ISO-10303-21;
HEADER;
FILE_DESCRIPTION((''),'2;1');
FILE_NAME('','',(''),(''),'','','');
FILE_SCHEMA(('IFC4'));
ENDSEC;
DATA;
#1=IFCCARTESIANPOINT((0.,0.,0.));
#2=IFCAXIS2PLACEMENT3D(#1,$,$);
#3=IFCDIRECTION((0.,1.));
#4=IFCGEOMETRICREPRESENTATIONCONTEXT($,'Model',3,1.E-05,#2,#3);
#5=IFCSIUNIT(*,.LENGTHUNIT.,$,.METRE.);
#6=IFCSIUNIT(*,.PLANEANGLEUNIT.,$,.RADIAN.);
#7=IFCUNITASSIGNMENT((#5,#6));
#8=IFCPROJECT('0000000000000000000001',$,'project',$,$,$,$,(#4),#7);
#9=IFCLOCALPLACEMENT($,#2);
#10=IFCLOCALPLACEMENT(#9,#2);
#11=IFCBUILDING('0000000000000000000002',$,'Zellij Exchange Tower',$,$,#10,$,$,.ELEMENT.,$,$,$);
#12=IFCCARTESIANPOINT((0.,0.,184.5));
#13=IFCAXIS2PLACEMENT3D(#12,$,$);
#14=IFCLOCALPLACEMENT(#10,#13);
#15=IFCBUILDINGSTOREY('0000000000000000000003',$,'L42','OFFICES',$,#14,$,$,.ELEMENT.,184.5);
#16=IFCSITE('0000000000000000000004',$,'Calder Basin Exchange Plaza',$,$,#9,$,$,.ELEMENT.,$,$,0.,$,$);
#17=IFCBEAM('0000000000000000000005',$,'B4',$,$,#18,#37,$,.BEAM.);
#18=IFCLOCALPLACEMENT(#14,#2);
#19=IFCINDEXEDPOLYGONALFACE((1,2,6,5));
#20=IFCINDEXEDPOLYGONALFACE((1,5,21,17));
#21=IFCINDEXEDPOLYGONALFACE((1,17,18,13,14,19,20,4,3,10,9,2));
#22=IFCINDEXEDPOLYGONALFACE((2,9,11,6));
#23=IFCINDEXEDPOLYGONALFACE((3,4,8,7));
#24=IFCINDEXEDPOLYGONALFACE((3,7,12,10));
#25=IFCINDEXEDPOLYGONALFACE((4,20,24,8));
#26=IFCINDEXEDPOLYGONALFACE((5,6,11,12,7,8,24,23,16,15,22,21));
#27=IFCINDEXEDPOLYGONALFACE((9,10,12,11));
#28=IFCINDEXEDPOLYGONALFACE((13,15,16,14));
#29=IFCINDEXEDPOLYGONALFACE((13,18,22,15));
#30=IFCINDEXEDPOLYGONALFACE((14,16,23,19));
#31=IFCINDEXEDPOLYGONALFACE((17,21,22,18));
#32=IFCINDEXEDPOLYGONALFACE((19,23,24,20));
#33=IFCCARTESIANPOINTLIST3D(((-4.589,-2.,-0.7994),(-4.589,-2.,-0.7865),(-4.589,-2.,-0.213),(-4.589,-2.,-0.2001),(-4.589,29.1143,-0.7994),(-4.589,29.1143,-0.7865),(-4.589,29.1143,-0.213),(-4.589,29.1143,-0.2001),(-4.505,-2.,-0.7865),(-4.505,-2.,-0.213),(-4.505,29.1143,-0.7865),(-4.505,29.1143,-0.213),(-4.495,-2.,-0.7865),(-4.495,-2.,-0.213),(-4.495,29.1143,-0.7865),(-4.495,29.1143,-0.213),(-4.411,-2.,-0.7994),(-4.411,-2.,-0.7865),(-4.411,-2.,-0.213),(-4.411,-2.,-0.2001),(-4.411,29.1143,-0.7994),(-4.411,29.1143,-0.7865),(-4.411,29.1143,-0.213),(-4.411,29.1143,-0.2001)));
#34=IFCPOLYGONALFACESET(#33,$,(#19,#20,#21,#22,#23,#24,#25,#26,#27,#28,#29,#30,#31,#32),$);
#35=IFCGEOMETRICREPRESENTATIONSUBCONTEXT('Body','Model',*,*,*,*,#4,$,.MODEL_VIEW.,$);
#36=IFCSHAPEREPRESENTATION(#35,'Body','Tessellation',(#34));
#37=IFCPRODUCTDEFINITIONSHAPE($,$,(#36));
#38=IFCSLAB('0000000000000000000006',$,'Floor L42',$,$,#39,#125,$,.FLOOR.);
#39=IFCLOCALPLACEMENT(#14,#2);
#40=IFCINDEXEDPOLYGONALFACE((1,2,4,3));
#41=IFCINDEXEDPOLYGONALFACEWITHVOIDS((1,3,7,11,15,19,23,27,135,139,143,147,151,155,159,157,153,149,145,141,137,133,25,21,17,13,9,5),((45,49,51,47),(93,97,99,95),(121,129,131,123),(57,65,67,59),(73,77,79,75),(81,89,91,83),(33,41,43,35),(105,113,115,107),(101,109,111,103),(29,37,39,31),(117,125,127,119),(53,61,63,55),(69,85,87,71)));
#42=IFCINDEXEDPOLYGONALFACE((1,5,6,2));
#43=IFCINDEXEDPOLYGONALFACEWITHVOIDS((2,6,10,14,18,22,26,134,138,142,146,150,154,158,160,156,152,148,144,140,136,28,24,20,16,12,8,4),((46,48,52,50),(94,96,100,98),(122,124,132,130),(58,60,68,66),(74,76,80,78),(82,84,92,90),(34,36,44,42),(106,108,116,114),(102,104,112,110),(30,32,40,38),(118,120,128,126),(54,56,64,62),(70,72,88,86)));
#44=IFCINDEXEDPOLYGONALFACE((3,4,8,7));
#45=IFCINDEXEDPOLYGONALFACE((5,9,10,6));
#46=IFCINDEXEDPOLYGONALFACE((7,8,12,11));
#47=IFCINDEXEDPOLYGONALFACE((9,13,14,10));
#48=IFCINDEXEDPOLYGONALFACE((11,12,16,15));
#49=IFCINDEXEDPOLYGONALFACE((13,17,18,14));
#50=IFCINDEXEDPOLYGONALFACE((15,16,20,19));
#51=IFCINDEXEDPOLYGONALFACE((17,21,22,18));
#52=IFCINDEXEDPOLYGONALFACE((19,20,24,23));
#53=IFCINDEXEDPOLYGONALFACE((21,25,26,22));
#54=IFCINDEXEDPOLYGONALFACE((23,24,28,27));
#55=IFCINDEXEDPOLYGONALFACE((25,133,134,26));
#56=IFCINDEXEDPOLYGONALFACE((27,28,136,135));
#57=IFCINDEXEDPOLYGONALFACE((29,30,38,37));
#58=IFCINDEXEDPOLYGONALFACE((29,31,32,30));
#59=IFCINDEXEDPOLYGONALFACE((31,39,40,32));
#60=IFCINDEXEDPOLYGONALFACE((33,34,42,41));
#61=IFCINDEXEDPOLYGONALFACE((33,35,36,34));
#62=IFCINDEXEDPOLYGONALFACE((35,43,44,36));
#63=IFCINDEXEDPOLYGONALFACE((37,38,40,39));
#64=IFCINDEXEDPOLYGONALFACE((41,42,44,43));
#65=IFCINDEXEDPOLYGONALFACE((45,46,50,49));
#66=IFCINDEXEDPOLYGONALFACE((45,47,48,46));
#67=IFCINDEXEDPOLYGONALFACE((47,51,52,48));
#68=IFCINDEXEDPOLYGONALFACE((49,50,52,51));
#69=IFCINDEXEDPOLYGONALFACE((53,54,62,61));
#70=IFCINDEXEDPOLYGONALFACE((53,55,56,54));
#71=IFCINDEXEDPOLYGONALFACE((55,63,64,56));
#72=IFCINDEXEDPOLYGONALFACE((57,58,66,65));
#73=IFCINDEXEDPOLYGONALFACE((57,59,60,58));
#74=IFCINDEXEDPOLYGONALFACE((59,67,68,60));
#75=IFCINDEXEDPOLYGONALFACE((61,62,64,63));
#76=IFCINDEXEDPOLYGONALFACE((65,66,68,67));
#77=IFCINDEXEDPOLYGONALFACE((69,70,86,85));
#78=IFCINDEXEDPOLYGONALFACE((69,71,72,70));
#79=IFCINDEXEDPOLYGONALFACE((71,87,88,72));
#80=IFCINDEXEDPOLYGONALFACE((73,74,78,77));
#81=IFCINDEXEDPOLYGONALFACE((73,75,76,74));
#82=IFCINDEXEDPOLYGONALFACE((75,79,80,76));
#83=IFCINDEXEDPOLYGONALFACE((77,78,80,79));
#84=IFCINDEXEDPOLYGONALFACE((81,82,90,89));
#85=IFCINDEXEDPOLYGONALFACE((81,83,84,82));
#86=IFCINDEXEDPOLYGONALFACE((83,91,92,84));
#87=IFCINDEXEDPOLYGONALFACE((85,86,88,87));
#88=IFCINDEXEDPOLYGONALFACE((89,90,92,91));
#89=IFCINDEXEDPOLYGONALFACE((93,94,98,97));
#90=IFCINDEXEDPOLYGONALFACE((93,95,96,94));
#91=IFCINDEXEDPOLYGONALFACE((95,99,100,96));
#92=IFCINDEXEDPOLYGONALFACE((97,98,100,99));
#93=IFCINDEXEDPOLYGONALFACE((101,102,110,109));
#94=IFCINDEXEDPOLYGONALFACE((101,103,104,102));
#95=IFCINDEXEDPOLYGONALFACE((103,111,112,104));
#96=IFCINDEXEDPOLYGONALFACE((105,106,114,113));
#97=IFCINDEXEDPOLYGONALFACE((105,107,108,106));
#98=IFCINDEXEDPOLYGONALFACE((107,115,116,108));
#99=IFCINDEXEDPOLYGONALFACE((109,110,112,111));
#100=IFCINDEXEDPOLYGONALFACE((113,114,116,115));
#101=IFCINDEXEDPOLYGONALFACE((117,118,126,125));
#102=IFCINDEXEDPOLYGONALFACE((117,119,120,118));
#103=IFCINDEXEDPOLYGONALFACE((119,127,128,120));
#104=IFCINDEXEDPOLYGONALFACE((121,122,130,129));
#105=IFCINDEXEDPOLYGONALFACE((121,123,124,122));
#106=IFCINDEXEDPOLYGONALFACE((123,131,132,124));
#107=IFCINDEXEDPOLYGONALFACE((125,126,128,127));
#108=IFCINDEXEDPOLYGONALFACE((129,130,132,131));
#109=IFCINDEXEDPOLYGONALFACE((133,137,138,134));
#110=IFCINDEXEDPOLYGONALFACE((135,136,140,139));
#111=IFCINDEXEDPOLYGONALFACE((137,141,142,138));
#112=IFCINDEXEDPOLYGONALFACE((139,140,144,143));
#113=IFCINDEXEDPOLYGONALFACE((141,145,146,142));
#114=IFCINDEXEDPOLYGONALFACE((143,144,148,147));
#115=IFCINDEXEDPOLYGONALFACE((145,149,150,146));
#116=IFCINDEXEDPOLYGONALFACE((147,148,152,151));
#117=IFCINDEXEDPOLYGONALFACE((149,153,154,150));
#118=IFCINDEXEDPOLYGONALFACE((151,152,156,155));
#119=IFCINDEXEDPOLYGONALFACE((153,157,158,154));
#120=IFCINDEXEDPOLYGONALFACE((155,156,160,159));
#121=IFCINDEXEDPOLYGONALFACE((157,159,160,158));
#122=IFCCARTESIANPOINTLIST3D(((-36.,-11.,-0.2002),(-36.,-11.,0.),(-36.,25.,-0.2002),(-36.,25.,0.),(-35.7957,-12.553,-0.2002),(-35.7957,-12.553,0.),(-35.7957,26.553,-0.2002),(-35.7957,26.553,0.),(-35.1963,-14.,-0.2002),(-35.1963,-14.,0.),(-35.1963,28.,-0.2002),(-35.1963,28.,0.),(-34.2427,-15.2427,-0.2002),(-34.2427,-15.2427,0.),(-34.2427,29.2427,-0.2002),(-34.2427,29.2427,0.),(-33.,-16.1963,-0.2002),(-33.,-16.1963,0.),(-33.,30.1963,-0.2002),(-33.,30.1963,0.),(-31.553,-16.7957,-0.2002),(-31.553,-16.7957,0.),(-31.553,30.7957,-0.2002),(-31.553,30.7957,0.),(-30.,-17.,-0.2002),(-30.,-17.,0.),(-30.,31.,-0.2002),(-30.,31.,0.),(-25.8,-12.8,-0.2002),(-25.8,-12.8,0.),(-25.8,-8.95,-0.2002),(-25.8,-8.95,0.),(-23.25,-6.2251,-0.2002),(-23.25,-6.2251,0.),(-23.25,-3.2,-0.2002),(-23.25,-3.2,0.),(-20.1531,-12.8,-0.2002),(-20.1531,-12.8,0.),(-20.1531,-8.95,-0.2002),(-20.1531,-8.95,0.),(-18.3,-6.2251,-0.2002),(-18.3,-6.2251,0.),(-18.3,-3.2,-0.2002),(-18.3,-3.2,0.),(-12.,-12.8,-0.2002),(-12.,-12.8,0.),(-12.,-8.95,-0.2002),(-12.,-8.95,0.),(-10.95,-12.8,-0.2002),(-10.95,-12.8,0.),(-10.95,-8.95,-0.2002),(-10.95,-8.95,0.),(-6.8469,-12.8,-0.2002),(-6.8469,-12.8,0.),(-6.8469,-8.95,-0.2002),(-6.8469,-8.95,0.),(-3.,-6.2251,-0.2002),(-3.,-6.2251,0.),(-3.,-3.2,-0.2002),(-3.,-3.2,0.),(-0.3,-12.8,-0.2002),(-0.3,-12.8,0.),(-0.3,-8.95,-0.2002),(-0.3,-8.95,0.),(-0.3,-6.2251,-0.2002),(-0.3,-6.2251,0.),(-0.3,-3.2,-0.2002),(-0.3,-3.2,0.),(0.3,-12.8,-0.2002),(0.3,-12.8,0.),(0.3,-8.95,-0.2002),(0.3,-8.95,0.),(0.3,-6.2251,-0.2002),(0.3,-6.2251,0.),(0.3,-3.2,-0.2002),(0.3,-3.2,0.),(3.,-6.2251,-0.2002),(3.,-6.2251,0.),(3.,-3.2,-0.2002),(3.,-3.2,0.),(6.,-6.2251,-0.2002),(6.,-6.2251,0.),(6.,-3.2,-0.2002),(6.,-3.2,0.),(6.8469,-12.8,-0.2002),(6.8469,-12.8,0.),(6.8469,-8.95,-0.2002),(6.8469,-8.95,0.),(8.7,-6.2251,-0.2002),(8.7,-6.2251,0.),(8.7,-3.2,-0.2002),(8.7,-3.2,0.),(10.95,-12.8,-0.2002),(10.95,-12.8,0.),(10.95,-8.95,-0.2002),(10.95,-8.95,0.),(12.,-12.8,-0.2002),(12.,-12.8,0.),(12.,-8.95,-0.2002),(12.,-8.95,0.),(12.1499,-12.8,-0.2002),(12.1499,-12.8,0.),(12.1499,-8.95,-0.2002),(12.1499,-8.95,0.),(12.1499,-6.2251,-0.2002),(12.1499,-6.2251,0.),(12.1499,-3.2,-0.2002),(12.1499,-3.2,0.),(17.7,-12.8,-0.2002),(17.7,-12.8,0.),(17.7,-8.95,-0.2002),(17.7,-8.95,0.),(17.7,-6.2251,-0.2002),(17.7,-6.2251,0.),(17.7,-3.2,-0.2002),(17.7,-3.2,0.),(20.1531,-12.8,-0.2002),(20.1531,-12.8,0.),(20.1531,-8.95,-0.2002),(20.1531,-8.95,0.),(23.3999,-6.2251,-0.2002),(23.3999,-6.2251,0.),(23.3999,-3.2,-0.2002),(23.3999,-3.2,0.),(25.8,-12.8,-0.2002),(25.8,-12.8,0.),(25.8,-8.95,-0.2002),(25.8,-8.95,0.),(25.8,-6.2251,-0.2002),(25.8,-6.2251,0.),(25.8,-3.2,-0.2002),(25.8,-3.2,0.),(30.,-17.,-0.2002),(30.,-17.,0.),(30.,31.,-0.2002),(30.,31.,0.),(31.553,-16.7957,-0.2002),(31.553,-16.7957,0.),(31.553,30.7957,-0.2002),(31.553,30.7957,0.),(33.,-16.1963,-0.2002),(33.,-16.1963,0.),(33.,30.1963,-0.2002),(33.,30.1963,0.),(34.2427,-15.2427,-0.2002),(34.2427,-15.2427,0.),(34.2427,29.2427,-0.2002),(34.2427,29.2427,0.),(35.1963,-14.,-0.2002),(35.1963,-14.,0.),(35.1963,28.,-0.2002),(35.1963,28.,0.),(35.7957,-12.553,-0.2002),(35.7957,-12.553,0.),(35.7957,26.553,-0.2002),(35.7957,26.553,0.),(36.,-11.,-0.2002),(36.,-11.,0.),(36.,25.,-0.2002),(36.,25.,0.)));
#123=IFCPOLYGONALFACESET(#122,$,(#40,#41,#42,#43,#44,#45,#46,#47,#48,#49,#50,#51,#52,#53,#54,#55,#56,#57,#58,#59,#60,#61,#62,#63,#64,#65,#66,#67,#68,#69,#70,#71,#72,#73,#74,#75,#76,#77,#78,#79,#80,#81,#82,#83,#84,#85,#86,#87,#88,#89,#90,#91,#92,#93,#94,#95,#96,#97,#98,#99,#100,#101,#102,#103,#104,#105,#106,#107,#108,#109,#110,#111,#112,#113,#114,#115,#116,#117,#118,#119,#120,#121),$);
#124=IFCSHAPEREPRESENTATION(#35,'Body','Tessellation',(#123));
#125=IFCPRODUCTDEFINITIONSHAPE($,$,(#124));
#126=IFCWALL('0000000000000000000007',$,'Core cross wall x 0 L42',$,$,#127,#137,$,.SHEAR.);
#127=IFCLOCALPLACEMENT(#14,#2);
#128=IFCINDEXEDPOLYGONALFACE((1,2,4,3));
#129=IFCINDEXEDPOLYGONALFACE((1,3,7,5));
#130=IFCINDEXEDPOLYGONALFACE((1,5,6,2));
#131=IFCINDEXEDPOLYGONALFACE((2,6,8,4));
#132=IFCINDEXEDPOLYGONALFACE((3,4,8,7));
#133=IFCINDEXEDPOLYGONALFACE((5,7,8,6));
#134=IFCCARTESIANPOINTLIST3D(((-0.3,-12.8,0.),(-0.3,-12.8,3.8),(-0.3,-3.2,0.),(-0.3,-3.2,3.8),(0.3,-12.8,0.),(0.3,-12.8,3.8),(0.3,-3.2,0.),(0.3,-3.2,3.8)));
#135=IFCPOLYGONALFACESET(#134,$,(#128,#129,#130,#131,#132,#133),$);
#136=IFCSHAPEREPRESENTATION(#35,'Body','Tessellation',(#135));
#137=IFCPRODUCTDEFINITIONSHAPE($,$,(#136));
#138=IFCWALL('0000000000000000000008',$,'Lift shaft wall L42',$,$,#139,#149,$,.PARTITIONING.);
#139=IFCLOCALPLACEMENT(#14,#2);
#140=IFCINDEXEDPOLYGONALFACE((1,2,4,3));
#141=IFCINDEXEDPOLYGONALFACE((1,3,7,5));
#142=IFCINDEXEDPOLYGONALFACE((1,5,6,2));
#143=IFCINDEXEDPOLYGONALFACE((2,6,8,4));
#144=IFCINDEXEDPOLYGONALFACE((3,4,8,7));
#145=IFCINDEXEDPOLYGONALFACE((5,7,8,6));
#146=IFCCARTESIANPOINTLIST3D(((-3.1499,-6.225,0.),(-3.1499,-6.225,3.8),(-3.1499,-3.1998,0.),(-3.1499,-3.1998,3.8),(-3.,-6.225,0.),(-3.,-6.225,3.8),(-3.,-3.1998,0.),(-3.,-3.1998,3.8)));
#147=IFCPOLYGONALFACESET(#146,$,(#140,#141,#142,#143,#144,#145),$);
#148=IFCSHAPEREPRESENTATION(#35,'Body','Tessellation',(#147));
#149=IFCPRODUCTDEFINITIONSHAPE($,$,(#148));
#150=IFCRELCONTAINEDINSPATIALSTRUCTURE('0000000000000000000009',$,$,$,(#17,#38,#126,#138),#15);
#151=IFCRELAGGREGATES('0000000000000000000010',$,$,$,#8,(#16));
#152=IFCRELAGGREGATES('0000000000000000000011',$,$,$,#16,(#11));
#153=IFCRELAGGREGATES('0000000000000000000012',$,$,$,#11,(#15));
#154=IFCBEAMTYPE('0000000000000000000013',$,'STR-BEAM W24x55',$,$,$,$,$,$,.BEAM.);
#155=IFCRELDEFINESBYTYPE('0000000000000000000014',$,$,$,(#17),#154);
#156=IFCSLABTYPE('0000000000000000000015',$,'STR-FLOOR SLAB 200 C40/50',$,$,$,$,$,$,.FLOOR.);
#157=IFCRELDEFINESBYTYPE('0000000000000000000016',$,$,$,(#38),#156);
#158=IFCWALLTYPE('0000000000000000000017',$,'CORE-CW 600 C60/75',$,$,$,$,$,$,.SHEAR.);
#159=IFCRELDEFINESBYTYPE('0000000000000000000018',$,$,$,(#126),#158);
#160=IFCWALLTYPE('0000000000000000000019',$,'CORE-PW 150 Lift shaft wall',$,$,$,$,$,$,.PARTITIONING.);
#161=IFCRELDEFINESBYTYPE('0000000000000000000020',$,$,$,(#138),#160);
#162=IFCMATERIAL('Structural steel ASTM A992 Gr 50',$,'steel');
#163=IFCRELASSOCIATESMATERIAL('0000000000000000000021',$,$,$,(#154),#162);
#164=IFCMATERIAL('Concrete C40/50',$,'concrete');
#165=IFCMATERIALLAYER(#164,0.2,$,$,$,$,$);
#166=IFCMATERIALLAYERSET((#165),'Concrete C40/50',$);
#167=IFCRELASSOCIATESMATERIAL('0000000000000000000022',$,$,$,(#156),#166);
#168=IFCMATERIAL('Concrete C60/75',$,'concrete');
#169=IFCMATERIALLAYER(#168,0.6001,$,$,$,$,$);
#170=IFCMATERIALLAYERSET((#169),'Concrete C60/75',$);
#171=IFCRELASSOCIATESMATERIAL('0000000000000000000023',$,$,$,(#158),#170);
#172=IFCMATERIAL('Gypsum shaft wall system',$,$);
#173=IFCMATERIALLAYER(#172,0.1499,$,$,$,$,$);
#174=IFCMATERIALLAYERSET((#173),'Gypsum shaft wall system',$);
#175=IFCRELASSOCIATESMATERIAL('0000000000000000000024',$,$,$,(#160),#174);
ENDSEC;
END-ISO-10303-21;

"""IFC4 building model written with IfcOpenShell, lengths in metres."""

from ifc_helpers import new_model, si_unit, direction, frame, frame_2d, origin, origin_2d, place, context, subcontext, project, spatial, polyline, rectangle, i_section, outline, extrude, material, layer, layer_set, material_profile, profile_set, type_object, element, save


model = new_model("IFC4")

# Units and contexts
model_context = context("Model", 3, precision=1e-05, world=origin(), true_north=direction((0.0, 1.0)))
body_context = subcontext(model_context, "Body", "Model", "MODEL_VIEW")
ifc_project = project(units=[si_unit("LENGTHUNIT", "METRE"), si_unit("PLANEANGLEUNIT", "RADIAN")], contexts=[model_context])

# Site, building, storey
site_placement = place(None, origin())
site = spatial("IfcSite", under=ifc_project, at=site_placement, Name="Calder Basin Exchange Plaza", CompositionType="ELEMENT", RefElevation=0.0)
building_placement = place(site_placement, origin())
building = spatial("IfcBuilding", under=site, at=building_placement, Name="Zellij Exchange Tower", CompositionType="ELEMENT")
storey_placement = place(building_placement, frame((0.0, 0.0, 184.5)))
storey = spatial("IfcBuildingStorey", under=building, at=storey_placement, Name="L42", Description="OFFICES", CompositionType="ELEMENT", Elevation=184.5)

# Beam
ifc_material_1 = material(Name="Structural steel ASTM A992 Gr 50", Category="steel")
ifc_material_profile = material_profile(ifc_material_1, i_section(OverallWidth=0.178, OverallDepth=0.5994, WebThickness=0.01, FlangeThickness=0.0129, at=origin_2d()), Name="W24x55")
ifc_profile_set = profile_set([ifc_material_profile], Name="Structural steel ASTM A992 Gr 50")
beam_type = type_object("IfcBeamType", Name="STR-BEAM W24x55", PredefinedType="BEAM", material=ifc_profile_set)
beam_placement = place(storey_placement, frame((-4.5, -2.0, -0.4998), z_axis=(0.0, 1.0, 0.0), x_axis=(-1.0, 0.0, 0.0)))
element("IfcBeam", 1, at=beam_placement, inside=storey, type_object=beam_type, Name="B4", PredefinedType="BEAM", context=body_context, shape_type="SweptSolid", body=[
    extrude(i_section(OverallWidth=0.178, OverallDepth=0.5994, WebThickness=0.01, FlangeThickness=0.0129, at=origin_2d()), origin(), (0.0, 0.0, 1.0), 31.1143),
])

# Slab
ifc_material_2 = material(Name="Concrete C40/50", Category="concrete")
ifc_layer_1 = layer(ifc_material_2, 0.2)
ifc_layer_set_1 = layer_set([ifc_layer_1], Name="Concrete C40/50")
slab_type = type_object("IfcSlabType", Name="STR-FLOOR SLAB 200 C40/50", PredefinedType="FLOOR", material=ifc_layer_set_1)
slab_placement = place(storey_placement, frame((0.0, 0.0, -0.2002)))
element("IfcSlab", 2, at=slab_placement, inside=storey, type_object=slab_type, Name="Floor L42", PredefinedType="FLOOR", context=body_context, shape_type="SweptSolid", body=[
    extrude(outline(polyline([(-30.0, -17.0), (-31.553, -16.7957), (-33.0, -16.1963), (-34.2427, -15.2427), (-35.1963, -14.0), (-35.7957, -12.553), (-36.0, -11.0), (-36.0, 25.0), (-35.7957, 26.553), (-35.1963, 28.0), (-34.2427, 29.2427), (-33.0, 30.1963), (-31.553, 30.7957), (-30.0, 31.0), (30.0, 31.0), (31.553, 30.7957), (33.0, 30.1963), (34.2427, 29.2427), (35.1963, 28.0), (35.7957, 26.553), (36.0, 25.0), (36.0, -11.0), (35.7957, -12.553), (35.1963, -14.0), (34.2427, -15.2427), (33.0, -16.1963), (31.553, -16.7957), (30.0, -17.0), (-30.0, -17.0)]), holes=[polyline([(-25.8, -8.95), (-25.8, -12.8), (-20.1531, -12.8), (-20.1531, -8.95), (-25.8, -8.95)]), polyline([(-10.95, -8.95), (-12.0, -8.95), (-12.0, -12.8), (-10.95, -12.8), (-10.95, -8.95)]), polyline([(-0.3, -8.95), (-6.8469, -8.95), (-6.8469, -12.8), (-0.3, -12.8), (-0.3, -8.95)]), polyline([(0.3, -8.95), (0.3, -12.8), (6.8469, -12.8), (6.8469, -8.95), (0.3, -8.95)]), polyline([(-18.3, -3.2), (-23.25, -3.2), (-23.25, -6.2251), (-18.3, -6.2251), (-18.3, -3.2)]), polyline([(-0.3, -3.2), (-3.0, -3.2), (-3.0, -6.2251), (-0.3, -6.2251), (-0.3, -3.2)]), polyline([(0.3, -3.2), (0.3, -6.2251), (3.0, -6.2251), (3.0, -3.2), (0.3, -3.2)]), polyline([(12.0, -8.95), (10.95, -8.95), (10.95, -12.8), (12.0, -12.8), (12.0, -8.95)]), polyline([(17.7, -8.95), (12.1499, -8.95), (12.1499, -12.8), (17.7, -12.8), (17.7, -8.95)]), polyline([(25.8, -8.95), (20.1531, -8.95), (20.1531, -12.8), (25.8, -12.8), (25.8, -8.95)]), polyline([(8.7, -3.2), (6.0, -3.2), (6.0, -6.2251), (8.7, -6.2251), (8.7, -3.2)]), polyline([(17.7, -3.2), (12.1499, -3.2), (12.1499, -6.2251), (17.7, -6.2251), (17.7, -3.2)]), polyline([(25.8, -3.2), (23.3999, -3.2), (23.3999, -6.2251), (25.8, -6.2251), (25.8, -3.2)])]), origin(), (0.0, 0.0, 1.0), 0.2002),
])

# Walls
ifc_material_3 = material(Name="Concrete C60/75", Category="concrete")
ifc_layer_2 = layer(ifc_material_3, 0.6001)
ifc_layer_set_2 = layer_set([ifc_layer_2], Name="Concrete C60/75")
wall_type_1 = type_object("IfcWallType", Name="CORE-CW 600 C60/75", PredefinedType="SHEAR", material=ifc_layer_set_2)
wall_1_placement = place(storey_placement, frame((0.0, -12.8, 0.0), z_axis=(0.0, 0.0, 1.0), x_axis=(0.0, 1.0, 0.0)))
element("IfcWall", 3, at=wall_1_placement, inside=storey, type_object=wall_type_1, Name="Core cross wall x 0 L42", PredefinedType="SHEAR", context=body_context, shape_type="SweptSolid", body=[
    extrude(rectangle(XDim=9.6001, YDim=0.6001, at=frame_2d((4.8, 0.0))), origin(), (0.0, 0.0, 1.0), 3.8),
])
ifc_material_4 = material(Name="Gypsum shaft wall system")
ifc_layer_3 = layer(ifc_material_4, 0.1499)
ifc_layer_set_3 = layer_set([ifc_layer_3], Name="Gypsum shaft wall system")
wall_type_2 = type_object("IfcWallType", Name="CORE-PW 150 Lift shaft wall", PredefinedType="PARTITIONING", material=ifc_layer_set_3)
wall_2_placement = place(storey_placement, frame((-3.075, -6.2251, 0.0), z_axis=(0.0, 0.0, 1.0), x_axis=(0.0, 1.0, 0.0)))
element("IfcWall", 4, at=wall_2_placement, inside=storey, type_object=wall_type_2, Name="Lift shaft wall L42", PredefinedType="PARTITIONING", context=body_context, shape_type="SweptSolid", body=[
    extrude(rectangle(XDim=3.0251, YDim=0.1499, at=frame_2d((1.5127, 0.0))), origin(), (0.0, 0.0, 1.0), 3.8),
])

save(model, "model.ifc")
